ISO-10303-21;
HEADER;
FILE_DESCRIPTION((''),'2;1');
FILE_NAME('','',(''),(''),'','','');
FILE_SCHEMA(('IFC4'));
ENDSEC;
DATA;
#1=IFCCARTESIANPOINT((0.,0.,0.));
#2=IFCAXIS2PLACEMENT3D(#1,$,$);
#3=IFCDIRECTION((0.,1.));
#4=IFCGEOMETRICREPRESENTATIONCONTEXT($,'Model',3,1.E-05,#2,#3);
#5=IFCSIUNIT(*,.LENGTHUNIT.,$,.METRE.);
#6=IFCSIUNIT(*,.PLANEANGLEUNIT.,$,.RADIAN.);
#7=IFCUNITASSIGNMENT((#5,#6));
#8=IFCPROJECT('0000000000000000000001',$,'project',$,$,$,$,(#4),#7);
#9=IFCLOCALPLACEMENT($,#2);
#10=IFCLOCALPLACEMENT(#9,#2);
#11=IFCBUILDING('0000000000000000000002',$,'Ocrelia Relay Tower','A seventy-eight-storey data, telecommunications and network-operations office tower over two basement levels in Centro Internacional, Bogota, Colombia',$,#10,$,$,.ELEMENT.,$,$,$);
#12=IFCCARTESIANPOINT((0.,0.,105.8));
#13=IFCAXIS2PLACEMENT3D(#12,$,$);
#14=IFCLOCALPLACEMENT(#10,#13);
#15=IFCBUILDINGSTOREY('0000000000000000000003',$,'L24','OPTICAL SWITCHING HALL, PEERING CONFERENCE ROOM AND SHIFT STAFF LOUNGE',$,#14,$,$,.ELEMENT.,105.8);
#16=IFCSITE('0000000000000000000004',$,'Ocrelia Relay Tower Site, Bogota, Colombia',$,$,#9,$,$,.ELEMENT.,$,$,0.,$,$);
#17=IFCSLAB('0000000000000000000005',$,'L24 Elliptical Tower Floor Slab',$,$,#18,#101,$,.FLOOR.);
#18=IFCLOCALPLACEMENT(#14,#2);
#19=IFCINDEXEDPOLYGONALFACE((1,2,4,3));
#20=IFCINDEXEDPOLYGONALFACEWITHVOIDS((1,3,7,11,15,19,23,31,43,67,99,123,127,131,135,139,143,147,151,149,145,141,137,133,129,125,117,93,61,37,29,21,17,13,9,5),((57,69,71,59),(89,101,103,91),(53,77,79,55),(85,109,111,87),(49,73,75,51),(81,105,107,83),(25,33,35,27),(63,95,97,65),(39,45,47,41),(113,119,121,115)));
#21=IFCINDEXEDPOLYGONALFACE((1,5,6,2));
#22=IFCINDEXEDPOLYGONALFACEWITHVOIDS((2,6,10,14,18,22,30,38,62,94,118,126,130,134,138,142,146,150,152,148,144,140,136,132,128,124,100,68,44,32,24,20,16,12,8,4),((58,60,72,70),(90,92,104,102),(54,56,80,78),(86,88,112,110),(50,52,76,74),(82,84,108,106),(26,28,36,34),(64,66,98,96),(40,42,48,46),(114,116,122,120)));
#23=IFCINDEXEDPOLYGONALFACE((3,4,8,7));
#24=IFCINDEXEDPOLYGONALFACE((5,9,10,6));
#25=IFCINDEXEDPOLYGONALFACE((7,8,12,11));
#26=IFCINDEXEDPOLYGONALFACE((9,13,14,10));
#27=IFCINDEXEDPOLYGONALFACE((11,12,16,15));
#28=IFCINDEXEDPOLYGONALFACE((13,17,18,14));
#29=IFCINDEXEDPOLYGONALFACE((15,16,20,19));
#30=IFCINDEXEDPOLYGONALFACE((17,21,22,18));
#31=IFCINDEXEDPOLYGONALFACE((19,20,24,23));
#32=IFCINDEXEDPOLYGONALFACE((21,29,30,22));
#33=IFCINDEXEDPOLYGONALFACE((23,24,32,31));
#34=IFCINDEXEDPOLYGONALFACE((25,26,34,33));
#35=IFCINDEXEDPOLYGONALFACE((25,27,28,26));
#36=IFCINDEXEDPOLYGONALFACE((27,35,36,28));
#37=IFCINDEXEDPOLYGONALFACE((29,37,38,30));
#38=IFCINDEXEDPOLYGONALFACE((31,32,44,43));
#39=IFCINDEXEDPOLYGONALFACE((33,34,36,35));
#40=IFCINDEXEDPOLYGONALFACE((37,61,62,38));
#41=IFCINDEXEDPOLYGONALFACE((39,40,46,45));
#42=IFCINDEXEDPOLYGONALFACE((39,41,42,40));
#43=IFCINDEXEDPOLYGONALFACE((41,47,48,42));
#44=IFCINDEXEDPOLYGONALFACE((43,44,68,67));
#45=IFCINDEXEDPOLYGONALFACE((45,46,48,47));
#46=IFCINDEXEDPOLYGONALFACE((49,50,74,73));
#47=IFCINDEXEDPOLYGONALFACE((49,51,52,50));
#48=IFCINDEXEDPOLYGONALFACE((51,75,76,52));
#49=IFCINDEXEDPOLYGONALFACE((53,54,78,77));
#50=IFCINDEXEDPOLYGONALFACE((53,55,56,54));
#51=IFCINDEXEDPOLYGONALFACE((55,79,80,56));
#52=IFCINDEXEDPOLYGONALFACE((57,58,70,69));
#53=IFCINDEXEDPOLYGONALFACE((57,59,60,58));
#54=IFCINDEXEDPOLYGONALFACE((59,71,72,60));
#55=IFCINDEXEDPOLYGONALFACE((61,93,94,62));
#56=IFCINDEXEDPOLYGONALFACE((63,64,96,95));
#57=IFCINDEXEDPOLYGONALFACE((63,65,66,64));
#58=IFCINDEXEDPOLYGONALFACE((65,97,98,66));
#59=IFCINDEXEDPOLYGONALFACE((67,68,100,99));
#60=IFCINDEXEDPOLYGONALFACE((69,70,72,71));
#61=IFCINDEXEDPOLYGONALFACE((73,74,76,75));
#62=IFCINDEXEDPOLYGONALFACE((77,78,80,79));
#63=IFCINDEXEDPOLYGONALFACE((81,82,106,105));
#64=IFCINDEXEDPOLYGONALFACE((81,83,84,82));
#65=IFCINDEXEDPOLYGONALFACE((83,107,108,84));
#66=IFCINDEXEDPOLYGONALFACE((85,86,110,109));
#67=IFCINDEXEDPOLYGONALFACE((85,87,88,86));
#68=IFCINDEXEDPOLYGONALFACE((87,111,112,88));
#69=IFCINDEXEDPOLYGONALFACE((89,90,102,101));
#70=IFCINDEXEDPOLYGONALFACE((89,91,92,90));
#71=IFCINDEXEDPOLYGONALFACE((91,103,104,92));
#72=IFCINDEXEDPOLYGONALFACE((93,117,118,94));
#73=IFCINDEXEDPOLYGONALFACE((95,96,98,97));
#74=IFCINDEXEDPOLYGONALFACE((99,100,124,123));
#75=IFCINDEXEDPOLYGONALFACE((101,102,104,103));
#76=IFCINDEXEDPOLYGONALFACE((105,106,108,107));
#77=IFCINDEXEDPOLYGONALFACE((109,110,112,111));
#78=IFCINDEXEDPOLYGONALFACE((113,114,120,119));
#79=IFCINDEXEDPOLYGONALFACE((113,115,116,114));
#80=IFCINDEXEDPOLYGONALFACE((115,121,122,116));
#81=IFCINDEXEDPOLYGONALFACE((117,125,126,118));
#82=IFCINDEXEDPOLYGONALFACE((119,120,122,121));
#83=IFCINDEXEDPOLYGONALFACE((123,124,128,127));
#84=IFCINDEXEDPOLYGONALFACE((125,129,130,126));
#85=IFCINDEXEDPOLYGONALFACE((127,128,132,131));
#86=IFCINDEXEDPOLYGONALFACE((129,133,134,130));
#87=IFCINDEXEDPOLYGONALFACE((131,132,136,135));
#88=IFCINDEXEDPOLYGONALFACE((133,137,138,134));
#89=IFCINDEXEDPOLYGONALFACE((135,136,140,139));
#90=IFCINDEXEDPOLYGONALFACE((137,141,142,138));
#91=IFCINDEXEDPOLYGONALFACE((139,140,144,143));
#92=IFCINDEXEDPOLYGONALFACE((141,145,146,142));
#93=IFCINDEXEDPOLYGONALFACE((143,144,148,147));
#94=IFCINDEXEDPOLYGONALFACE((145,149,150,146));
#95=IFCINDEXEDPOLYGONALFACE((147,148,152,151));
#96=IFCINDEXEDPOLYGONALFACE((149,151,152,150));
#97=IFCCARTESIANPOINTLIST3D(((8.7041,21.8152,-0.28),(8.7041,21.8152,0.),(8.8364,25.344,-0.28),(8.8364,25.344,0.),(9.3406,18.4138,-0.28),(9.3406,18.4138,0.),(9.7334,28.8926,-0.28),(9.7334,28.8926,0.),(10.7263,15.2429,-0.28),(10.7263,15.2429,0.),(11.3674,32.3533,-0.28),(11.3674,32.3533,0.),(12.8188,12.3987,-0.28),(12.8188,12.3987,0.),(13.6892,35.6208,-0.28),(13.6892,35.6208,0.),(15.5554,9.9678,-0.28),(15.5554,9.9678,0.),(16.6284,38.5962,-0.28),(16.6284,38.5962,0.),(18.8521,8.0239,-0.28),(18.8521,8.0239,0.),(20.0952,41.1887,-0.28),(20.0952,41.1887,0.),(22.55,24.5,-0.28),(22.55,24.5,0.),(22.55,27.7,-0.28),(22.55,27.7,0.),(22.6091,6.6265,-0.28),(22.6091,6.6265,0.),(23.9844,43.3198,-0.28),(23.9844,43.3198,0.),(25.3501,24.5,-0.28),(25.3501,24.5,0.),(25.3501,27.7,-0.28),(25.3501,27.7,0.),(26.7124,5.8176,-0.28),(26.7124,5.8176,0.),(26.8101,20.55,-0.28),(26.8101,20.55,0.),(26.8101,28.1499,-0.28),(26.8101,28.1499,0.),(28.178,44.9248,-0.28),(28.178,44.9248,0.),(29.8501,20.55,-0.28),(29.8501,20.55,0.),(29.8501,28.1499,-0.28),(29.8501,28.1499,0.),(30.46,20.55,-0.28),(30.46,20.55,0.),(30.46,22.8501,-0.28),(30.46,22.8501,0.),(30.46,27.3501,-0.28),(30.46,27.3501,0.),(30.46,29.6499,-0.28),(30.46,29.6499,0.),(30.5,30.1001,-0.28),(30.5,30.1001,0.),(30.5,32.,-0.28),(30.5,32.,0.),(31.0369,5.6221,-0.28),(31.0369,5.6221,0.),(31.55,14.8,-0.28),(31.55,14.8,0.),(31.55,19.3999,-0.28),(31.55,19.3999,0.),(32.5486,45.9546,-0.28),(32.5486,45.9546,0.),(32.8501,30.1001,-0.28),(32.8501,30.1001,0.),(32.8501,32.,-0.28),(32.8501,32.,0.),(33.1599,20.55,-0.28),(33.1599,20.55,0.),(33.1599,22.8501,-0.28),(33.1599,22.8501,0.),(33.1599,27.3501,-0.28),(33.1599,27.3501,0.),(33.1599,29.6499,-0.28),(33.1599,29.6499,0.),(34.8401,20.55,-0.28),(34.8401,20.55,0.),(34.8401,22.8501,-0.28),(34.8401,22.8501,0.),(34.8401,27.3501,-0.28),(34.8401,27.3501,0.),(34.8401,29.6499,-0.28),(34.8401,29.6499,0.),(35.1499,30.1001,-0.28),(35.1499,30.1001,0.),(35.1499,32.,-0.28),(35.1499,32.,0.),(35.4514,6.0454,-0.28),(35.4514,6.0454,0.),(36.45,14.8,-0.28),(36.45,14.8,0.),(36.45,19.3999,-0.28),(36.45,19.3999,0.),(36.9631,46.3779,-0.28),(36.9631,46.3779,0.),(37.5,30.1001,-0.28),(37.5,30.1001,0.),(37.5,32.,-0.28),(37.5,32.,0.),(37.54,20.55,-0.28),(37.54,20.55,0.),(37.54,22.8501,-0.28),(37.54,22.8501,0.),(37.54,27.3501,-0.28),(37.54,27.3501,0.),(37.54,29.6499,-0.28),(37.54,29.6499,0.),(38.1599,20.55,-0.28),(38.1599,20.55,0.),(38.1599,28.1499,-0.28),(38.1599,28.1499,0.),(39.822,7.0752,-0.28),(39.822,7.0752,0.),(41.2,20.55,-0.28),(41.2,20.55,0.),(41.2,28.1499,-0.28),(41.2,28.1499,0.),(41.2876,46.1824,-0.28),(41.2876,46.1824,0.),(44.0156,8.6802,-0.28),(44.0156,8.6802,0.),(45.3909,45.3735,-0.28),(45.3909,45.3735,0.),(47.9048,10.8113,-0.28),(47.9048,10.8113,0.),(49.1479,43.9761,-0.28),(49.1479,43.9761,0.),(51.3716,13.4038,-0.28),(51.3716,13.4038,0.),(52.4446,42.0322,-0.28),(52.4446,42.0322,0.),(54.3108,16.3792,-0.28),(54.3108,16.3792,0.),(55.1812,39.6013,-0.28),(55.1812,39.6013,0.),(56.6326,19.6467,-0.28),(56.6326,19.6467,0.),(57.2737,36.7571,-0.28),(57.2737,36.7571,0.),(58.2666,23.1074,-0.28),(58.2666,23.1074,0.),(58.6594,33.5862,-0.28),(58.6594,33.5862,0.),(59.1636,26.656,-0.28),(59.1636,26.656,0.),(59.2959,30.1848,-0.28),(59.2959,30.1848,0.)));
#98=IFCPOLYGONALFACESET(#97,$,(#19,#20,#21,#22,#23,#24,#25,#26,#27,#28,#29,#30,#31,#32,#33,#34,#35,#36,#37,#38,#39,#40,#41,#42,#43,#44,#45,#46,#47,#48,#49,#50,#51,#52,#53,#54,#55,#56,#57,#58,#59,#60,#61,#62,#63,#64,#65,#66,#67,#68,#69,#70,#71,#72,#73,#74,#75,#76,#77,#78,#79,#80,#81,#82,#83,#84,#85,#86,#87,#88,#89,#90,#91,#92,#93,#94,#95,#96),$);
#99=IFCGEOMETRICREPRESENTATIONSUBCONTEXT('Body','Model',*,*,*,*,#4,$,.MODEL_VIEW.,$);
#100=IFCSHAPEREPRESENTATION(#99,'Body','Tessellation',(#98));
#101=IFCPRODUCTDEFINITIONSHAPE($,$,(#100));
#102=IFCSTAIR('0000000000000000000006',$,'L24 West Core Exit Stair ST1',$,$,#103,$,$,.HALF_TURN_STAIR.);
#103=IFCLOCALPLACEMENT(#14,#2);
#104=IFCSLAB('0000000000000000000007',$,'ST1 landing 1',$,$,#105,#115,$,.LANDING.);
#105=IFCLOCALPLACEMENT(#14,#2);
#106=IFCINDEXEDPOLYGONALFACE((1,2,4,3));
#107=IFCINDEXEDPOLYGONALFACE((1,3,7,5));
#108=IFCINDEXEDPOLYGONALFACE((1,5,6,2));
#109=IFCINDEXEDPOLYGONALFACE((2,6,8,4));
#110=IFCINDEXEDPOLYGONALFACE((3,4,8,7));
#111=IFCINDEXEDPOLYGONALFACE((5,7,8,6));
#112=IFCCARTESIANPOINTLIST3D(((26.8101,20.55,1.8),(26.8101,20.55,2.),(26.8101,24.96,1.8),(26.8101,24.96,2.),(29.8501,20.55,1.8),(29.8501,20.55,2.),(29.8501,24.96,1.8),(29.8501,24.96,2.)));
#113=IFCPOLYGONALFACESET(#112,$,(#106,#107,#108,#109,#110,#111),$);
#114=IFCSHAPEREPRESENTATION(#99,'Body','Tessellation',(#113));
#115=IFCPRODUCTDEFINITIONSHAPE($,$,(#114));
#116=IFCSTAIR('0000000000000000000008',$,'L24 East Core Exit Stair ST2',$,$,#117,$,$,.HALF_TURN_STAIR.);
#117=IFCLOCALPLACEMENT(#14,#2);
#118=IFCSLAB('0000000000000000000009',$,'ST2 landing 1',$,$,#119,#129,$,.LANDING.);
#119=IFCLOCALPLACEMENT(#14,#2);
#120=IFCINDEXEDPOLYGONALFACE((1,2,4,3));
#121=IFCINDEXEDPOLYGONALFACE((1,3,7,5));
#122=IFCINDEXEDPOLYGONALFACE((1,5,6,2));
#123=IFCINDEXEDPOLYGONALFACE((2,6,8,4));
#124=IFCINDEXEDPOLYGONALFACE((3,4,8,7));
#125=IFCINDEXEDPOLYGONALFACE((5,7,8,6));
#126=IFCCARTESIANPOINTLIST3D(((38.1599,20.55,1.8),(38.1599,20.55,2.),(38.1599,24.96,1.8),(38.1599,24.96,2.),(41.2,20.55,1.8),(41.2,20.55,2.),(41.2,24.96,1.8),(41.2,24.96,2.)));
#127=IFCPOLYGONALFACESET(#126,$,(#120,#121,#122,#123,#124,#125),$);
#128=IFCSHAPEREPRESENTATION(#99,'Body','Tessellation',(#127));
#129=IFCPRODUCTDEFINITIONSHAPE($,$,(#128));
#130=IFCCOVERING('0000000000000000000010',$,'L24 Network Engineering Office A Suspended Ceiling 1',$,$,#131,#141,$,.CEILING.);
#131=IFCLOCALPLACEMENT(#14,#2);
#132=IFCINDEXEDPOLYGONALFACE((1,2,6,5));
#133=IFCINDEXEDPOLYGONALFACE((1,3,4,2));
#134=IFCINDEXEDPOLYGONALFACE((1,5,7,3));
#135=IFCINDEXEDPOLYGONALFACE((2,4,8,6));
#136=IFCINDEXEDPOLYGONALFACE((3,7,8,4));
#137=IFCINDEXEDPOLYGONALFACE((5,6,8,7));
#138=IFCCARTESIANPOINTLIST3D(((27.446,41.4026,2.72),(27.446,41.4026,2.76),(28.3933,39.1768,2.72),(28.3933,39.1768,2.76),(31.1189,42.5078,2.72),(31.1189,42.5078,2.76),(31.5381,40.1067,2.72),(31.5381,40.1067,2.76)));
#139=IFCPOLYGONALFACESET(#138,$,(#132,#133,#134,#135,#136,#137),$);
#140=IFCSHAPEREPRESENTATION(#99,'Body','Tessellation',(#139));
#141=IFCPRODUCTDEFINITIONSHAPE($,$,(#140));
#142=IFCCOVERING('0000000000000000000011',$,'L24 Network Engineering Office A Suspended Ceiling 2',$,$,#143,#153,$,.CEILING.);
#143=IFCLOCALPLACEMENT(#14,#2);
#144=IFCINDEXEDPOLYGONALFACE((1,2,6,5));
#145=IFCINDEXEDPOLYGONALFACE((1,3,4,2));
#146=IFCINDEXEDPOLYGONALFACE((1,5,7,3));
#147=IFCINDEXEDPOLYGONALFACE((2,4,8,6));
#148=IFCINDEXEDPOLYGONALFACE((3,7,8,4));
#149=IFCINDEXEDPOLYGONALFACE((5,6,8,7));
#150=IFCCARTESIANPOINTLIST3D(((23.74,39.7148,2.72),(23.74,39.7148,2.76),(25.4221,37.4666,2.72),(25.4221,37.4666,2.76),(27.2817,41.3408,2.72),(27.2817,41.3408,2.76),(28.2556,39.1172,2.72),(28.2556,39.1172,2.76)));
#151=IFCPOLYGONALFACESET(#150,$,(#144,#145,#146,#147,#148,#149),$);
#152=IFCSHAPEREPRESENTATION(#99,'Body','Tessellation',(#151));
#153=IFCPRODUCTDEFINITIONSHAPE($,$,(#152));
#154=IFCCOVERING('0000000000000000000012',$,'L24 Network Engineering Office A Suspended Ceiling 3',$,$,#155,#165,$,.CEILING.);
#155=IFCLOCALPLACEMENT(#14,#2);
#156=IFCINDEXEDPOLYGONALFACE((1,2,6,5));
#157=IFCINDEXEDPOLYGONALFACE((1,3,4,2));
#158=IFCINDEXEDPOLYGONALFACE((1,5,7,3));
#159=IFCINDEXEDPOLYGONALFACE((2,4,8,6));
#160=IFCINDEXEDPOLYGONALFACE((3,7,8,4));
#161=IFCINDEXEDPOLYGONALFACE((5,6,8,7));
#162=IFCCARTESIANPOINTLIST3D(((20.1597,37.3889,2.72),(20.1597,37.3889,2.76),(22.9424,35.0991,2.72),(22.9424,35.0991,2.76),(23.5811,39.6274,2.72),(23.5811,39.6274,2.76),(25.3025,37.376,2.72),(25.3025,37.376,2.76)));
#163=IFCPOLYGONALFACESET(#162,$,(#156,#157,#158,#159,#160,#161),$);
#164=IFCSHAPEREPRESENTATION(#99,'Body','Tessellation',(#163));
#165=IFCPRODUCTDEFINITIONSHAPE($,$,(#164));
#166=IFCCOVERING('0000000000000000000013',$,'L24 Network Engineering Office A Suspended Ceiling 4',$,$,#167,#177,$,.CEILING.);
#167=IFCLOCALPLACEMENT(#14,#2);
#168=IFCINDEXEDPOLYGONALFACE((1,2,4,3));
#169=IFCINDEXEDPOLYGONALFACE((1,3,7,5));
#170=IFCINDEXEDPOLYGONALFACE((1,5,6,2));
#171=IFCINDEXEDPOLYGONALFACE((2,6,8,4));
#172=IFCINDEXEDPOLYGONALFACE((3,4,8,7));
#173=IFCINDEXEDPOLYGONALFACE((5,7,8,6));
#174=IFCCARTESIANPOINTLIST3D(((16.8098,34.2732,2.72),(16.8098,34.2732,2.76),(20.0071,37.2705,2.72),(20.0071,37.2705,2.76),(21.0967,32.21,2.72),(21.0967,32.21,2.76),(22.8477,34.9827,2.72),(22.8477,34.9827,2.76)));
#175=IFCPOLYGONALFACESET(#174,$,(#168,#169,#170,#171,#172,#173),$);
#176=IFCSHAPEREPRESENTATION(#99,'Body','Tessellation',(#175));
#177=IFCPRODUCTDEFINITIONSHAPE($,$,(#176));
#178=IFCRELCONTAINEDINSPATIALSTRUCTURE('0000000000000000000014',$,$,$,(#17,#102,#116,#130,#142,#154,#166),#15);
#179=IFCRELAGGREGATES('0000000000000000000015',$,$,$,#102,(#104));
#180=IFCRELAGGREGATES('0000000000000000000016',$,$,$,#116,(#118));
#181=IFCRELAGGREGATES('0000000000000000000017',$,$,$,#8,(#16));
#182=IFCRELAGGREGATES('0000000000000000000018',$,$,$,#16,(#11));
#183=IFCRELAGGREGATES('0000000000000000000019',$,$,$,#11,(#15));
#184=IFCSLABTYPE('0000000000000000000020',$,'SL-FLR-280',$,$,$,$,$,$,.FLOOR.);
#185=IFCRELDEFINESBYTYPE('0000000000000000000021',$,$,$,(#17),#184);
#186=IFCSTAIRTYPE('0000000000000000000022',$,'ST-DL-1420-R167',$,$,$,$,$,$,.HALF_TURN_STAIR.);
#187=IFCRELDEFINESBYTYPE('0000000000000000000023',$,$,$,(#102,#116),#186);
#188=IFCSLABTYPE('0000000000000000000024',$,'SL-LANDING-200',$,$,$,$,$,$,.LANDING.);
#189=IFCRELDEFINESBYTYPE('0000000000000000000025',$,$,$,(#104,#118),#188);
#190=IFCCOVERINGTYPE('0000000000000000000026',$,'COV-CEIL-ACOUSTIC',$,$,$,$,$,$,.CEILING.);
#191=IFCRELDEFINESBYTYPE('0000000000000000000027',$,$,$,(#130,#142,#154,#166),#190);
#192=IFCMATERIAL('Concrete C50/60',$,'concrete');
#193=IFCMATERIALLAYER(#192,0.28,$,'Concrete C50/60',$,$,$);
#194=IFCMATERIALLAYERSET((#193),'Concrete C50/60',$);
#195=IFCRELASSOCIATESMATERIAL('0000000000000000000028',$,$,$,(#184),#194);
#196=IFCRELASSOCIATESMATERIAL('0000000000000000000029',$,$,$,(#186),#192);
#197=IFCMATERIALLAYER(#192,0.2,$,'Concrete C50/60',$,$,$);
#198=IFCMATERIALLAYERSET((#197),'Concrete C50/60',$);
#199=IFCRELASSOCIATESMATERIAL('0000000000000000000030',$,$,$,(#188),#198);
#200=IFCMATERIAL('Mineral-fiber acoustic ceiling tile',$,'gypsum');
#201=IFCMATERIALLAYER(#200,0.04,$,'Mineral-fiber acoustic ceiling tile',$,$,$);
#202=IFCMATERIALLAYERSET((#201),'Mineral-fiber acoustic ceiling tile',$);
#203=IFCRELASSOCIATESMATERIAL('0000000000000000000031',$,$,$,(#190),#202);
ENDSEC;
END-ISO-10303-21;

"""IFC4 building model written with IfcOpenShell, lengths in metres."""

from ifc_helpers import new_model, si_unit, direction, frame, origin, place, context, subcontext, project, spatial, polyline, outline, extrude, material, layer, layer_set, type_object, element, aggregate, save


model = new_model("IFC4")

# Units and contexts
model_context = context("Model", 3, precision=1e-05, world=origin(), true_north=direction((0.0, 1.0)))
body_context = subcontext(model_context, "Body", "Model", "MODEL_VIEW")
ifc_project = project(units=[si_unit("LENGTHUNIT", "METRE"), si_unit("PLANEANGLEUNIT", "RADIAN")], contexts=[model_context])

# Site, building, storey
site_placement = place(None, origin())
site = spatial("IfcSite", under=ifc_project, at=site_placement, Name="Ocrelia Relay Tower Site, Bogota, Colombia", CompositionType="ELEMENT", RefElevation=0.0)
building_placement = place(site_placement, origin())
building = spatial("IfcBuilding", under=site, at=building_placement, Name="Ocrelia Relay Tower", Description="A seventy-eight-storey data, telecommunications and network-operations office tower over two basement levels in Centro Internacional, Bogota, Colombia", CompositionType="ELEMENT")
storey_placement = place(building_placement, frame((0.0, 0.0, 105.8)))
storey = spatial("IfcBuildingStorey", under=building, at=storey_placement, Name="L24", Description="OPTICAL SWITCHING HALL, PEERING CONFERENCE ROOM AND SHIFT STAFF LOUNGE", CompositionType="ELEMENT", Elevation=105.8)

# Slab
ifc_material_1 = material(Name="Concrete C50/60", Category="concrete")
ifc_layer_1 = layer(ifc_material_1, 0.28, Name="Concrete C50/60")
ifc_layer_set_1 = layer_set([ifc_layer_1], Name="Concrete C50/60")
slab_type_1 = type_object("IfcSlabType", Name="SL-FLR-280", PredefinedType="FLOOR", material=ifc_layer_set_1)
slab_1_placement = place(storey_placement, frame((0.0, 0.0, -0.28)))
element("IfcSlab", 1, at=slab_1_placement, inside=storey, type_object=slab_type_1, Name="L24 Elliptical Tower Floor Slab", PredefinedType="FLOOR", context=body_context, shape_type="SweptSolid", body=[
    extrude(outline(polyline([(58.6594, 33.5862), (57.2737, 36.7571), (55.1812, 39.6013), (52.4446, 42.0322), (49.1479, 43.9761), (45.3909, 45.3735), (41.2876, 46.1824), (36.9631, 46.3779), (32.5486, 45.9546), (28.178, 44.9248), (23.9844, 43.3198), (20.0952, 41.1887), (16.6284, 38.5962), (13.6892, 35.6208), (11.3674, 32.3533), (9.7334, 28.8926), (8.8364, 25.344), (8.7041, 21.8152), (9.3406, 18.4138), (10.7263, 15.2429), (12.8188, 12.3987), (15.5554, 9.9678), (18.8521, 8.0239), (22.6091, 6.6265), (26.7124, 5.8176), (31.0369, 5.6221), (35.4514, 6.0454), (39.822, 7.0752), (44.0156, 8.6802), (47.9048, 10.8113), (51.3716, 13.4038), (54.3108, 16.3792), (56.6326, 19.6467), (58.2666, 23.1074), (59.1636, 26.656), (59.2959, 30.1848), (58.6594, 33.5862)]), holes=[polyline([(26.8101, 28.1499), (26.8101, 20.55), (29.8501, 20.55), (29.8501, 28.1499), (26.8101, 28.1499)]), polyline([(38.1599, 28.1499), (38.1599, 20.55), (41.2, 20.55), (41.2, 28.1499), (38.1599, 28.1499)]), polyline([(30.46, 20.55), (33.1599, 20.55), (33.1599, 22.8501), (30.46, 22.8501), (30.46, 20.55)]), polyline([(34.8401, 20.55), (37.54, 20.55), (37.54, 22.8501), (34.8401, 22.8501), (34.8401, 20.55)]), polyline([(30.46, 27.3501), (33.1599, 27.3501), (33.1599, 29.6499), (30.46, 29.6499), (30.46, 27.3501)]), polyline([(34.8401, 27.3501), (37.54, 27.3501), (37.54, 29.6499), (34.8401, 29.6499), (34.8401, 27.3501)]), polyline([(30.5, 30.1001), (32.8501, 30.1001), (32.8501, 32.0), (30.5, 32.0), (30.5, 30.1001)]), polyline([(35.1499, 30.1001), (37.5, 30.1001), (37.5, 32.0), (35.1499, 32.0), (35.1499, 30.1001)]), polyline([(22.55, 24.5), (25.3501, 24.5), (25.3501, 27.7), (22.55, 27.7), (22.55, 24.5)]), polyline([(31.55, 14.8), (36.45, 14.8), (36.45, 19.3999), (31.55, 19.3999), (31.55, 14.8)])]), origin(), (0.0, 0.0, 1.0), 0.28),
])

# Stairs, slabs
stair_type = type_object("IfcStairType", Name="ST-DL-1420-R167", PredefinedType="HALF_TURN_STAIR", material=ifc_material_1)
stair_1_placement = place(storey_placement, origin())
stair_1 = element("IfcStair", 2, at=stair_1_placement, inside=storey, type_object=stair_type, Name="L24 West Core Exit Stair ST1", PredefinedType="HALF_TURN_STAIR")
ifc_layer_2 = layer(ifc_material_1, 0.2, Name="Concrete C50/60")
ifc_layer_set_2 = layer_set([ifc_layer_2], Name="Concrete C50/60")
slab_type_2 = type_object("IfcSlabType", Name="SL-LANDING-200", PredefinedType="LANDING", material=ifc_layer_set_2)
slab_2_placement = place(storey_placement, frame((0.0, 0.0, 1.8)))
slab_2 = element("IfcSlab", 3, at=slab_2_placement, type_object=slab_type_2, Name="ST1 landing 1", PredefinedType="LANDING", context=body_context, shape_type="SweptSolid", body=[
    extrude(outline(polyline([(26.8101, 24.96), (26.8101, 20.55), (29.8501, 20.55), (29.8501, 24.96), (26.8101, 24.96)])), origin(), (0.0, 0.0, 1.0), 0.2),
])
aggregate(stair_1, [slab_2])
stair_2_placement = place(storey_placement, origin())
stair_2 = element("IfcStair", 4, at=stair_2_placement, inside=storey, type_object=stair_type, Name="L24 East Core Exit Stair ST2", PredefinedType="HALF_TURN_STAIR")
slab_3_placement = place(storey_placement, frame((0.0, 0.0, 1.8)))
slab_3 = element("IfcSlab", 5, at=slab_3_placement, type_object=slab_type_2, Name="ST2 landing 1", PredefinedType="LANDING", context=body_context, shape_type="SweptSolid", body=[
    extrude(outline(polyline([(38.1599, 24.96), (38.1599, 20.55), (41.2, 20.55), (41.2, 24.96), (38.1599, 24.96)])), origin(), (0.0, 0.0, 1.0), 0.2),
])
aggregate(stair_2, [slab_3])

# Coverings
ifc_material_2 = material(Name="Mineral-fiber acoustic ceiling tile", Category="gypsum")
ifc_layer_3 = layer(ifc_material_2, 0.04, Name="Mineral-fiber acoustic ceiling tile")
ifc_layer_set_3 = layer_set([ifc_layer_3], Name="Mineral-fiber acoustic ceiling tile")
covering_type_1 = type_object("IfcCoveringType", Name="COV-CEIL-ACOUSTIC", PredefinedType="CEILING", material=ifc_layer_set_3)
covering_1_placement = place(storey_placement, frame((0.0, 0.0, 2.72)))
element("IfcCovering", 6, at=covering_1_placement, inside=storey, type_object=covering_type_1, Name="L24 Network Engineering Office A Suspended Ceiling 1", PredefinedType="CEILING", context=body_context, shape_type="SweptSolid", body=[
    extrude(outline(polyline([(31.5381, 40.1067), (31.1189, 42.5078), (27.446, 41.4026), (28.3933, 39.1768), (31.5381, 40.1067)])), origin(), (0.0, 0.0, 1.0), 0.04),
])
covering_2_placement = place(storey_placement, frame((0.0, 0.0, 2.72)))
element("IfcCovering", 7, at=covering_2_placement, inside=storey, type_object=covering_type_1, Name="L24 Network Engineering Office A Suspended Ceiling 2", PredefinedType="CEILING", context=body_context, shape_type="SweptSolid", body=[
    extrude(outline(polyline([(28.2556, 39.1172), (27.2817, 41.3408), (23.74, 39.7148), (25.4221, 37.4666), (28.2556, 39.1172)])), origin(), (0.0, 0.0, 1.0), 0.04),
])
covering_3_placement = place(storey_placement, frame((0.0, 0.0, 2.72)))
element("IfcCovering", 8, at=covering_3_placement, inside=storey, type_object=covering_type_1, Name="L24 Network Engineering Office A Suspended Ceiling 3", PredefinedType="CEILING", context=body_context, shape_type="SweptSolid", body=[
    extrude(outline(polyline([(25.3025, 37.376), (23.5811, 39.6274), (20.1597, 37.3889), (22.9424, 35.0991), (25.3025, 37.376)])), origin(), (0.0, 0.0, 1.0), 0.04),
])
covering_4_placement = place(storey_placement, frame((0.0, 0.0, 2.72)))
element("IfcCovering", 9, at=covering_4_placement, inside=storey, type_object=covering_type_1, Name="L24 Network Engineering Office A Suspended Ceiling 4", PredefinedType="CEILING", context=body_context, shape_type="SweptSolid", body=[
    extrude(outline(polyline([(22.8477, 34.9827), (20.0071, 37.2705), (16.8098, 34.2732), (21.0967, 32.21), (22.8477, 34.9827)])), origin(), (0.0, 0.0, 1.0), 0.04),
])

save(model, "model.ifc")
